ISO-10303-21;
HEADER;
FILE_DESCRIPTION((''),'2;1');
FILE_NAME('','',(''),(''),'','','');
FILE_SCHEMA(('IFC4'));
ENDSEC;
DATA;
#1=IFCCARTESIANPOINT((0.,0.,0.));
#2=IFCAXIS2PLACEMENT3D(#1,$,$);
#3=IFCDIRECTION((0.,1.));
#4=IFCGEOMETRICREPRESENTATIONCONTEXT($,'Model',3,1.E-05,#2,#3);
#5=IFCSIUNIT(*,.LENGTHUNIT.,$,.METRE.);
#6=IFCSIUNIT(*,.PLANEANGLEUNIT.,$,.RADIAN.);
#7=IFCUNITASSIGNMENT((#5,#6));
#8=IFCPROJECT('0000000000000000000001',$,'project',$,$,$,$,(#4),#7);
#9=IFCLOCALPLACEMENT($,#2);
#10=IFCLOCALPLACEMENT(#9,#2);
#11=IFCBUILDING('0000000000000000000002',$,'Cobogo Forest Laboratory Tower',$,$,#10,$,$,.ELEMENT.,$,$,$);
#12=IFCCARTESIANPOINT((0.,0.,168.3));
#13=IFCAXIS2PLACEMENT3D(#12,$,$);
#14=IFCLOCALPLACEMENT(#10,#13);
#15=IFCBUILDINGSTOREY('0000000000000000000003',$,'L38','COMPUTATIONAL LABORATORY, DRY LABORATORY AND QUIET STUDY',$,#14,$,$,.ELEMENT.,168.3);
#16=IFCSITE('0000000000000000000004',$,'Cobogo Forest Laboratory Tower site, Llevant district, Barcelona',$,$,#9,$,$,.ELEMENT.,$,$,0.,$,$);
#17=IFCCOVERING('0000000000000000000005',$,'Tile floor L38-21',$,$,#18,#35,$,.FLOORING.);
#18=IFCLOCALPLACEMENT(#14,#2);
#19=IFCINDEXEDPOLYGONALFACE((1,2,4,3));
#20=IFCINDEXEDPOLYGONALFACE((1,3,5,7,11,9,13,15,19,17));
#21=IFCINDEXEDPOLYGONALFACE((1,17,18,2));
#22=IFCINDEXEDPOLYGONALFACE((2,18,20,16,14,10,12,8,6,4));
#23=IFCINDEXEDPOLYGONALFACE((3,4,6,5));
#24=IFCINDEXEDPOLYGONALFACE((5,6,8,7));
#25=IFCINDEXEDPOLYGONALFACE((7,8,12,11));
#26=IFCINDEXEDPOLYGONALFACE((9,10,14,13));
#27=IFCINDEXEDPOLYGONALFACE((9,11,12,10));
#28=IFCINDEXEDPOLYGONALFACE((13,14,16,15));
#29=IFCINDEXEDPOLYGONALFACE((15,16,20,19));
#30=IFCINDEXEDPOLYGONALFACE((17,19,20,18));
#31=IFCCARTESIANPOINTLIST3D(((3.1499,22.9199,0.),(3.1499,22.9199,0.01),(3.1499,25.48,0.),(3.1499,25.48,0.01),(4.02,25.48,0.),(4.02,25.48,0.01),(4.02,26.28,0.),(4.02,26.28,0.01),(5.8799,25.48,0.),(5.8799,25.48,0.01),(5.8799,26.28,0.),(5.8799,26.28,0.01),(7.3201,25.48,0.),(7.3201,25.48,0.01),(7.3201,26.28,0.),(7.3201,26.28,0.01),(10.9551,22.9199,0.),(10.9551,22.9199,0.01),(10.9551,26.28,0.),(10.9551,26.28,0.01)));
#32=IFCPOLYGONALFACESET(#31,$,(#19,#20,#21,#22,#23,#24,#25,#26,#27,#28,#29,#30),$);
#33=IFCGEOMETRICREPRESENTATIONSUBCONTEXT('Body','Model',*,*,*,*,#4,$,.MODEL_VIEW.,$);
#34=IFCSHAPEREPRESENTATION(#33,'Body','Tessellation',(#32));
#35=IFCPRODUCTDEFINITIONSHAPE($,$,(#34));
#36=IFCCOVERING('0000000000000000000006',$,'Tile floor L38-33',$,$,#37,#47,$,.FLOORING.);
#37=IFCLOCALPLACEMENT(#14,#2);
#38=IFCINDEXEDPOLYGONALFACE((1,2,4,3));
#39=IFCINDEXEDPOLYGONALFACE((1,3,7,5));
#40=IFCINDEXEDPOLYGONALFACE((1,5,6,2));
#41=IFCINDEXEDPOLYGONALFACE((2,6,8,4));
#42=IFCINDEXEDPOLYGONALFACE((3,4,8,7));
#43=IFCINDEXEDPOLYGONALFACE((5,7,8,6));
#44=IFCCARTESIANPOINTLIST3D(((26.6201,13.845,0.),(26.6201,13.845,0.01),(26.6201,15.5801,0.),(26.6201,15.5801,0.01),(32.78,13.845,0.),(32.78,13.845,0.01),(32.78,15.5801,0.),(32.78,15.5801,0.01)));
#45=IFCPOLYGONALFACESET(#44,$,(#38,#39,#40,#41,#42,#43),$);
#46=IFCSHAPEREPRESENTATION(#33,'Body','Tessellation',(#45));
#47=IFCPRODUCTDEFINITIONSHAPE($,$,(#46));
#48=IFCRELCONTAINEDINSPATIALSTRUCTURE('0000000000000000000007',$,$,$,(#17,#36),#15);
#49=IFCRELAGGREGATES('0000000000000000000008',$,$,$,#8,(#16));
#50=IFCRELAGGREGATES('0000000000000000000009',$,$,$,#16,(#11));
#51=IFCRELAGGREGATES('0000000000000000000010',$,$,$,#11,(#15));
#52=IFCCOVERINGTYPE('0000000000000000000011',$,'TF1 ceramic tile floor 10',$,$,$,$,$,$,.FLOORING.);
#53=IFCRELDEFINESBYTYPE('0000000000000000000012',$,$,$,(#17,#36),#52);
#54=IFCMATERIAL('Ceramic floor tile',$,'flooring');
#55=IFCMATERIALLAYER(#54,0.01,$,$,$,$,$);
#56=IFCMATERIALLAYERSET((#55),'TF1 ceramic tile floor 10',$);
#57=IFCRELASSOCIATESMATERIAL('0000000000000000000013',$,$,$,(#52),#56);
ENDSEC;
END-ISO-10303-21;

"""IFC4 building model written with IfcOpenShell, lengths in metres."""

from ifc_helpers import new_model, si_unit, direction, frame, origin, place, context, subcontext, project, spatial, polyline, outline, extrude, material, layer, layer_set, type_object, element, save


model = new_model("IFC4")

# Units and contexts
model_context = context("Model", 3, precision=1e-05, world=origin(), true_north=direction((0.0, 1.0)))
body_context = subcontext(model_context, "Body", "Model", "MODEL_VIEW")
ifc_project = project(units=[si_unit("LENGTHUNIT", "METRE"), si_unit("PLANEANGLEUNIT", "RADIAN")], contexts=[model_context])

# Site, building, storey
site_placement = place(None, origin())
site = spatial("IfcSite", under=ifc_project, at=site_placement, Name="Cobogo Forest Laboratory Tower site, Llevant district, Barcelona", CompositionType="ELEMENT", RefElevation=0.0)
building_placement = place(site_placement, origin())
building = spatial("IfcBuilding", under=site, at=building_placement, Name="Cobogo Forest Laboratory Tower", CompositionType="ELEMENT")
storey_placement = place(building_placement, frame((0.0, 0.0, 168.3)))
storey = spatial("IfcBuildingStorey", under=building, at=storey_placement, Name="L38", Description="COMPUTATIONAL LABORATORY, DRY LABORATORY AND QUIET STUDY", CompositionType="ELEMENT", Elevation=168.3)

# Coverings
ifc_material_1 = material(Name="Ceramic floor tile", Category="flooring")
ifc_layer_1 = layer(ifc_material_1, 0.01)
ifc_layer_set_1 = layer_set([ifc_layer_1], Name="TF1 ceramic tile floor 10")
covering_type_1 = type_object("IfcCoveringType", Name="TF1 ceramic tile floor 10", PredefinedType="FLOORING", material=ifc_layer_set_1)
covering_1_placement = place(storey_placement, origin())
element("IfcCovering", 1, at=covering_1_placement, inside=storey, type_object=covering_type_1, Name="Tile floor L38-21", PredefinedType="FLOORING", context=body_context, shape_type="SweptSolid", body=[
    extrude(outline(polyline([(10.9551, 22.9199), (3.1499, 22.9199), (3.1499, 25.48), (4.02, 25.48), (4.02, 26.28), (5.8799, 26.28), (5.8799, 25.48), (7.3201, 25.48), (7.3201, 26.28), (10.9551, 26.28), (10.9551, 22.9199)])), origin(), (0.0, 0.0, 1.0), 0.01),
])
covering_2_placement = place(storey_placement, origin())
element("IfcCovering", 2, at=covering_2_placement, inside=storey, type_object=covering_type_1, Name="Tile floor L38-33", PredefinedType="FLOORING", context=body_context, shape_type="SweptSolid", body=[
    extrude(outline(polyline([(32.78, 13.845), (26.6201, 13.845), (26.6201, 15.5801), (32.78, 15.5801), (32.78, 13.845)])), origin(), (0.0, 0.0, 1.0), 0.01),
])

save(model, "model.ifc")
